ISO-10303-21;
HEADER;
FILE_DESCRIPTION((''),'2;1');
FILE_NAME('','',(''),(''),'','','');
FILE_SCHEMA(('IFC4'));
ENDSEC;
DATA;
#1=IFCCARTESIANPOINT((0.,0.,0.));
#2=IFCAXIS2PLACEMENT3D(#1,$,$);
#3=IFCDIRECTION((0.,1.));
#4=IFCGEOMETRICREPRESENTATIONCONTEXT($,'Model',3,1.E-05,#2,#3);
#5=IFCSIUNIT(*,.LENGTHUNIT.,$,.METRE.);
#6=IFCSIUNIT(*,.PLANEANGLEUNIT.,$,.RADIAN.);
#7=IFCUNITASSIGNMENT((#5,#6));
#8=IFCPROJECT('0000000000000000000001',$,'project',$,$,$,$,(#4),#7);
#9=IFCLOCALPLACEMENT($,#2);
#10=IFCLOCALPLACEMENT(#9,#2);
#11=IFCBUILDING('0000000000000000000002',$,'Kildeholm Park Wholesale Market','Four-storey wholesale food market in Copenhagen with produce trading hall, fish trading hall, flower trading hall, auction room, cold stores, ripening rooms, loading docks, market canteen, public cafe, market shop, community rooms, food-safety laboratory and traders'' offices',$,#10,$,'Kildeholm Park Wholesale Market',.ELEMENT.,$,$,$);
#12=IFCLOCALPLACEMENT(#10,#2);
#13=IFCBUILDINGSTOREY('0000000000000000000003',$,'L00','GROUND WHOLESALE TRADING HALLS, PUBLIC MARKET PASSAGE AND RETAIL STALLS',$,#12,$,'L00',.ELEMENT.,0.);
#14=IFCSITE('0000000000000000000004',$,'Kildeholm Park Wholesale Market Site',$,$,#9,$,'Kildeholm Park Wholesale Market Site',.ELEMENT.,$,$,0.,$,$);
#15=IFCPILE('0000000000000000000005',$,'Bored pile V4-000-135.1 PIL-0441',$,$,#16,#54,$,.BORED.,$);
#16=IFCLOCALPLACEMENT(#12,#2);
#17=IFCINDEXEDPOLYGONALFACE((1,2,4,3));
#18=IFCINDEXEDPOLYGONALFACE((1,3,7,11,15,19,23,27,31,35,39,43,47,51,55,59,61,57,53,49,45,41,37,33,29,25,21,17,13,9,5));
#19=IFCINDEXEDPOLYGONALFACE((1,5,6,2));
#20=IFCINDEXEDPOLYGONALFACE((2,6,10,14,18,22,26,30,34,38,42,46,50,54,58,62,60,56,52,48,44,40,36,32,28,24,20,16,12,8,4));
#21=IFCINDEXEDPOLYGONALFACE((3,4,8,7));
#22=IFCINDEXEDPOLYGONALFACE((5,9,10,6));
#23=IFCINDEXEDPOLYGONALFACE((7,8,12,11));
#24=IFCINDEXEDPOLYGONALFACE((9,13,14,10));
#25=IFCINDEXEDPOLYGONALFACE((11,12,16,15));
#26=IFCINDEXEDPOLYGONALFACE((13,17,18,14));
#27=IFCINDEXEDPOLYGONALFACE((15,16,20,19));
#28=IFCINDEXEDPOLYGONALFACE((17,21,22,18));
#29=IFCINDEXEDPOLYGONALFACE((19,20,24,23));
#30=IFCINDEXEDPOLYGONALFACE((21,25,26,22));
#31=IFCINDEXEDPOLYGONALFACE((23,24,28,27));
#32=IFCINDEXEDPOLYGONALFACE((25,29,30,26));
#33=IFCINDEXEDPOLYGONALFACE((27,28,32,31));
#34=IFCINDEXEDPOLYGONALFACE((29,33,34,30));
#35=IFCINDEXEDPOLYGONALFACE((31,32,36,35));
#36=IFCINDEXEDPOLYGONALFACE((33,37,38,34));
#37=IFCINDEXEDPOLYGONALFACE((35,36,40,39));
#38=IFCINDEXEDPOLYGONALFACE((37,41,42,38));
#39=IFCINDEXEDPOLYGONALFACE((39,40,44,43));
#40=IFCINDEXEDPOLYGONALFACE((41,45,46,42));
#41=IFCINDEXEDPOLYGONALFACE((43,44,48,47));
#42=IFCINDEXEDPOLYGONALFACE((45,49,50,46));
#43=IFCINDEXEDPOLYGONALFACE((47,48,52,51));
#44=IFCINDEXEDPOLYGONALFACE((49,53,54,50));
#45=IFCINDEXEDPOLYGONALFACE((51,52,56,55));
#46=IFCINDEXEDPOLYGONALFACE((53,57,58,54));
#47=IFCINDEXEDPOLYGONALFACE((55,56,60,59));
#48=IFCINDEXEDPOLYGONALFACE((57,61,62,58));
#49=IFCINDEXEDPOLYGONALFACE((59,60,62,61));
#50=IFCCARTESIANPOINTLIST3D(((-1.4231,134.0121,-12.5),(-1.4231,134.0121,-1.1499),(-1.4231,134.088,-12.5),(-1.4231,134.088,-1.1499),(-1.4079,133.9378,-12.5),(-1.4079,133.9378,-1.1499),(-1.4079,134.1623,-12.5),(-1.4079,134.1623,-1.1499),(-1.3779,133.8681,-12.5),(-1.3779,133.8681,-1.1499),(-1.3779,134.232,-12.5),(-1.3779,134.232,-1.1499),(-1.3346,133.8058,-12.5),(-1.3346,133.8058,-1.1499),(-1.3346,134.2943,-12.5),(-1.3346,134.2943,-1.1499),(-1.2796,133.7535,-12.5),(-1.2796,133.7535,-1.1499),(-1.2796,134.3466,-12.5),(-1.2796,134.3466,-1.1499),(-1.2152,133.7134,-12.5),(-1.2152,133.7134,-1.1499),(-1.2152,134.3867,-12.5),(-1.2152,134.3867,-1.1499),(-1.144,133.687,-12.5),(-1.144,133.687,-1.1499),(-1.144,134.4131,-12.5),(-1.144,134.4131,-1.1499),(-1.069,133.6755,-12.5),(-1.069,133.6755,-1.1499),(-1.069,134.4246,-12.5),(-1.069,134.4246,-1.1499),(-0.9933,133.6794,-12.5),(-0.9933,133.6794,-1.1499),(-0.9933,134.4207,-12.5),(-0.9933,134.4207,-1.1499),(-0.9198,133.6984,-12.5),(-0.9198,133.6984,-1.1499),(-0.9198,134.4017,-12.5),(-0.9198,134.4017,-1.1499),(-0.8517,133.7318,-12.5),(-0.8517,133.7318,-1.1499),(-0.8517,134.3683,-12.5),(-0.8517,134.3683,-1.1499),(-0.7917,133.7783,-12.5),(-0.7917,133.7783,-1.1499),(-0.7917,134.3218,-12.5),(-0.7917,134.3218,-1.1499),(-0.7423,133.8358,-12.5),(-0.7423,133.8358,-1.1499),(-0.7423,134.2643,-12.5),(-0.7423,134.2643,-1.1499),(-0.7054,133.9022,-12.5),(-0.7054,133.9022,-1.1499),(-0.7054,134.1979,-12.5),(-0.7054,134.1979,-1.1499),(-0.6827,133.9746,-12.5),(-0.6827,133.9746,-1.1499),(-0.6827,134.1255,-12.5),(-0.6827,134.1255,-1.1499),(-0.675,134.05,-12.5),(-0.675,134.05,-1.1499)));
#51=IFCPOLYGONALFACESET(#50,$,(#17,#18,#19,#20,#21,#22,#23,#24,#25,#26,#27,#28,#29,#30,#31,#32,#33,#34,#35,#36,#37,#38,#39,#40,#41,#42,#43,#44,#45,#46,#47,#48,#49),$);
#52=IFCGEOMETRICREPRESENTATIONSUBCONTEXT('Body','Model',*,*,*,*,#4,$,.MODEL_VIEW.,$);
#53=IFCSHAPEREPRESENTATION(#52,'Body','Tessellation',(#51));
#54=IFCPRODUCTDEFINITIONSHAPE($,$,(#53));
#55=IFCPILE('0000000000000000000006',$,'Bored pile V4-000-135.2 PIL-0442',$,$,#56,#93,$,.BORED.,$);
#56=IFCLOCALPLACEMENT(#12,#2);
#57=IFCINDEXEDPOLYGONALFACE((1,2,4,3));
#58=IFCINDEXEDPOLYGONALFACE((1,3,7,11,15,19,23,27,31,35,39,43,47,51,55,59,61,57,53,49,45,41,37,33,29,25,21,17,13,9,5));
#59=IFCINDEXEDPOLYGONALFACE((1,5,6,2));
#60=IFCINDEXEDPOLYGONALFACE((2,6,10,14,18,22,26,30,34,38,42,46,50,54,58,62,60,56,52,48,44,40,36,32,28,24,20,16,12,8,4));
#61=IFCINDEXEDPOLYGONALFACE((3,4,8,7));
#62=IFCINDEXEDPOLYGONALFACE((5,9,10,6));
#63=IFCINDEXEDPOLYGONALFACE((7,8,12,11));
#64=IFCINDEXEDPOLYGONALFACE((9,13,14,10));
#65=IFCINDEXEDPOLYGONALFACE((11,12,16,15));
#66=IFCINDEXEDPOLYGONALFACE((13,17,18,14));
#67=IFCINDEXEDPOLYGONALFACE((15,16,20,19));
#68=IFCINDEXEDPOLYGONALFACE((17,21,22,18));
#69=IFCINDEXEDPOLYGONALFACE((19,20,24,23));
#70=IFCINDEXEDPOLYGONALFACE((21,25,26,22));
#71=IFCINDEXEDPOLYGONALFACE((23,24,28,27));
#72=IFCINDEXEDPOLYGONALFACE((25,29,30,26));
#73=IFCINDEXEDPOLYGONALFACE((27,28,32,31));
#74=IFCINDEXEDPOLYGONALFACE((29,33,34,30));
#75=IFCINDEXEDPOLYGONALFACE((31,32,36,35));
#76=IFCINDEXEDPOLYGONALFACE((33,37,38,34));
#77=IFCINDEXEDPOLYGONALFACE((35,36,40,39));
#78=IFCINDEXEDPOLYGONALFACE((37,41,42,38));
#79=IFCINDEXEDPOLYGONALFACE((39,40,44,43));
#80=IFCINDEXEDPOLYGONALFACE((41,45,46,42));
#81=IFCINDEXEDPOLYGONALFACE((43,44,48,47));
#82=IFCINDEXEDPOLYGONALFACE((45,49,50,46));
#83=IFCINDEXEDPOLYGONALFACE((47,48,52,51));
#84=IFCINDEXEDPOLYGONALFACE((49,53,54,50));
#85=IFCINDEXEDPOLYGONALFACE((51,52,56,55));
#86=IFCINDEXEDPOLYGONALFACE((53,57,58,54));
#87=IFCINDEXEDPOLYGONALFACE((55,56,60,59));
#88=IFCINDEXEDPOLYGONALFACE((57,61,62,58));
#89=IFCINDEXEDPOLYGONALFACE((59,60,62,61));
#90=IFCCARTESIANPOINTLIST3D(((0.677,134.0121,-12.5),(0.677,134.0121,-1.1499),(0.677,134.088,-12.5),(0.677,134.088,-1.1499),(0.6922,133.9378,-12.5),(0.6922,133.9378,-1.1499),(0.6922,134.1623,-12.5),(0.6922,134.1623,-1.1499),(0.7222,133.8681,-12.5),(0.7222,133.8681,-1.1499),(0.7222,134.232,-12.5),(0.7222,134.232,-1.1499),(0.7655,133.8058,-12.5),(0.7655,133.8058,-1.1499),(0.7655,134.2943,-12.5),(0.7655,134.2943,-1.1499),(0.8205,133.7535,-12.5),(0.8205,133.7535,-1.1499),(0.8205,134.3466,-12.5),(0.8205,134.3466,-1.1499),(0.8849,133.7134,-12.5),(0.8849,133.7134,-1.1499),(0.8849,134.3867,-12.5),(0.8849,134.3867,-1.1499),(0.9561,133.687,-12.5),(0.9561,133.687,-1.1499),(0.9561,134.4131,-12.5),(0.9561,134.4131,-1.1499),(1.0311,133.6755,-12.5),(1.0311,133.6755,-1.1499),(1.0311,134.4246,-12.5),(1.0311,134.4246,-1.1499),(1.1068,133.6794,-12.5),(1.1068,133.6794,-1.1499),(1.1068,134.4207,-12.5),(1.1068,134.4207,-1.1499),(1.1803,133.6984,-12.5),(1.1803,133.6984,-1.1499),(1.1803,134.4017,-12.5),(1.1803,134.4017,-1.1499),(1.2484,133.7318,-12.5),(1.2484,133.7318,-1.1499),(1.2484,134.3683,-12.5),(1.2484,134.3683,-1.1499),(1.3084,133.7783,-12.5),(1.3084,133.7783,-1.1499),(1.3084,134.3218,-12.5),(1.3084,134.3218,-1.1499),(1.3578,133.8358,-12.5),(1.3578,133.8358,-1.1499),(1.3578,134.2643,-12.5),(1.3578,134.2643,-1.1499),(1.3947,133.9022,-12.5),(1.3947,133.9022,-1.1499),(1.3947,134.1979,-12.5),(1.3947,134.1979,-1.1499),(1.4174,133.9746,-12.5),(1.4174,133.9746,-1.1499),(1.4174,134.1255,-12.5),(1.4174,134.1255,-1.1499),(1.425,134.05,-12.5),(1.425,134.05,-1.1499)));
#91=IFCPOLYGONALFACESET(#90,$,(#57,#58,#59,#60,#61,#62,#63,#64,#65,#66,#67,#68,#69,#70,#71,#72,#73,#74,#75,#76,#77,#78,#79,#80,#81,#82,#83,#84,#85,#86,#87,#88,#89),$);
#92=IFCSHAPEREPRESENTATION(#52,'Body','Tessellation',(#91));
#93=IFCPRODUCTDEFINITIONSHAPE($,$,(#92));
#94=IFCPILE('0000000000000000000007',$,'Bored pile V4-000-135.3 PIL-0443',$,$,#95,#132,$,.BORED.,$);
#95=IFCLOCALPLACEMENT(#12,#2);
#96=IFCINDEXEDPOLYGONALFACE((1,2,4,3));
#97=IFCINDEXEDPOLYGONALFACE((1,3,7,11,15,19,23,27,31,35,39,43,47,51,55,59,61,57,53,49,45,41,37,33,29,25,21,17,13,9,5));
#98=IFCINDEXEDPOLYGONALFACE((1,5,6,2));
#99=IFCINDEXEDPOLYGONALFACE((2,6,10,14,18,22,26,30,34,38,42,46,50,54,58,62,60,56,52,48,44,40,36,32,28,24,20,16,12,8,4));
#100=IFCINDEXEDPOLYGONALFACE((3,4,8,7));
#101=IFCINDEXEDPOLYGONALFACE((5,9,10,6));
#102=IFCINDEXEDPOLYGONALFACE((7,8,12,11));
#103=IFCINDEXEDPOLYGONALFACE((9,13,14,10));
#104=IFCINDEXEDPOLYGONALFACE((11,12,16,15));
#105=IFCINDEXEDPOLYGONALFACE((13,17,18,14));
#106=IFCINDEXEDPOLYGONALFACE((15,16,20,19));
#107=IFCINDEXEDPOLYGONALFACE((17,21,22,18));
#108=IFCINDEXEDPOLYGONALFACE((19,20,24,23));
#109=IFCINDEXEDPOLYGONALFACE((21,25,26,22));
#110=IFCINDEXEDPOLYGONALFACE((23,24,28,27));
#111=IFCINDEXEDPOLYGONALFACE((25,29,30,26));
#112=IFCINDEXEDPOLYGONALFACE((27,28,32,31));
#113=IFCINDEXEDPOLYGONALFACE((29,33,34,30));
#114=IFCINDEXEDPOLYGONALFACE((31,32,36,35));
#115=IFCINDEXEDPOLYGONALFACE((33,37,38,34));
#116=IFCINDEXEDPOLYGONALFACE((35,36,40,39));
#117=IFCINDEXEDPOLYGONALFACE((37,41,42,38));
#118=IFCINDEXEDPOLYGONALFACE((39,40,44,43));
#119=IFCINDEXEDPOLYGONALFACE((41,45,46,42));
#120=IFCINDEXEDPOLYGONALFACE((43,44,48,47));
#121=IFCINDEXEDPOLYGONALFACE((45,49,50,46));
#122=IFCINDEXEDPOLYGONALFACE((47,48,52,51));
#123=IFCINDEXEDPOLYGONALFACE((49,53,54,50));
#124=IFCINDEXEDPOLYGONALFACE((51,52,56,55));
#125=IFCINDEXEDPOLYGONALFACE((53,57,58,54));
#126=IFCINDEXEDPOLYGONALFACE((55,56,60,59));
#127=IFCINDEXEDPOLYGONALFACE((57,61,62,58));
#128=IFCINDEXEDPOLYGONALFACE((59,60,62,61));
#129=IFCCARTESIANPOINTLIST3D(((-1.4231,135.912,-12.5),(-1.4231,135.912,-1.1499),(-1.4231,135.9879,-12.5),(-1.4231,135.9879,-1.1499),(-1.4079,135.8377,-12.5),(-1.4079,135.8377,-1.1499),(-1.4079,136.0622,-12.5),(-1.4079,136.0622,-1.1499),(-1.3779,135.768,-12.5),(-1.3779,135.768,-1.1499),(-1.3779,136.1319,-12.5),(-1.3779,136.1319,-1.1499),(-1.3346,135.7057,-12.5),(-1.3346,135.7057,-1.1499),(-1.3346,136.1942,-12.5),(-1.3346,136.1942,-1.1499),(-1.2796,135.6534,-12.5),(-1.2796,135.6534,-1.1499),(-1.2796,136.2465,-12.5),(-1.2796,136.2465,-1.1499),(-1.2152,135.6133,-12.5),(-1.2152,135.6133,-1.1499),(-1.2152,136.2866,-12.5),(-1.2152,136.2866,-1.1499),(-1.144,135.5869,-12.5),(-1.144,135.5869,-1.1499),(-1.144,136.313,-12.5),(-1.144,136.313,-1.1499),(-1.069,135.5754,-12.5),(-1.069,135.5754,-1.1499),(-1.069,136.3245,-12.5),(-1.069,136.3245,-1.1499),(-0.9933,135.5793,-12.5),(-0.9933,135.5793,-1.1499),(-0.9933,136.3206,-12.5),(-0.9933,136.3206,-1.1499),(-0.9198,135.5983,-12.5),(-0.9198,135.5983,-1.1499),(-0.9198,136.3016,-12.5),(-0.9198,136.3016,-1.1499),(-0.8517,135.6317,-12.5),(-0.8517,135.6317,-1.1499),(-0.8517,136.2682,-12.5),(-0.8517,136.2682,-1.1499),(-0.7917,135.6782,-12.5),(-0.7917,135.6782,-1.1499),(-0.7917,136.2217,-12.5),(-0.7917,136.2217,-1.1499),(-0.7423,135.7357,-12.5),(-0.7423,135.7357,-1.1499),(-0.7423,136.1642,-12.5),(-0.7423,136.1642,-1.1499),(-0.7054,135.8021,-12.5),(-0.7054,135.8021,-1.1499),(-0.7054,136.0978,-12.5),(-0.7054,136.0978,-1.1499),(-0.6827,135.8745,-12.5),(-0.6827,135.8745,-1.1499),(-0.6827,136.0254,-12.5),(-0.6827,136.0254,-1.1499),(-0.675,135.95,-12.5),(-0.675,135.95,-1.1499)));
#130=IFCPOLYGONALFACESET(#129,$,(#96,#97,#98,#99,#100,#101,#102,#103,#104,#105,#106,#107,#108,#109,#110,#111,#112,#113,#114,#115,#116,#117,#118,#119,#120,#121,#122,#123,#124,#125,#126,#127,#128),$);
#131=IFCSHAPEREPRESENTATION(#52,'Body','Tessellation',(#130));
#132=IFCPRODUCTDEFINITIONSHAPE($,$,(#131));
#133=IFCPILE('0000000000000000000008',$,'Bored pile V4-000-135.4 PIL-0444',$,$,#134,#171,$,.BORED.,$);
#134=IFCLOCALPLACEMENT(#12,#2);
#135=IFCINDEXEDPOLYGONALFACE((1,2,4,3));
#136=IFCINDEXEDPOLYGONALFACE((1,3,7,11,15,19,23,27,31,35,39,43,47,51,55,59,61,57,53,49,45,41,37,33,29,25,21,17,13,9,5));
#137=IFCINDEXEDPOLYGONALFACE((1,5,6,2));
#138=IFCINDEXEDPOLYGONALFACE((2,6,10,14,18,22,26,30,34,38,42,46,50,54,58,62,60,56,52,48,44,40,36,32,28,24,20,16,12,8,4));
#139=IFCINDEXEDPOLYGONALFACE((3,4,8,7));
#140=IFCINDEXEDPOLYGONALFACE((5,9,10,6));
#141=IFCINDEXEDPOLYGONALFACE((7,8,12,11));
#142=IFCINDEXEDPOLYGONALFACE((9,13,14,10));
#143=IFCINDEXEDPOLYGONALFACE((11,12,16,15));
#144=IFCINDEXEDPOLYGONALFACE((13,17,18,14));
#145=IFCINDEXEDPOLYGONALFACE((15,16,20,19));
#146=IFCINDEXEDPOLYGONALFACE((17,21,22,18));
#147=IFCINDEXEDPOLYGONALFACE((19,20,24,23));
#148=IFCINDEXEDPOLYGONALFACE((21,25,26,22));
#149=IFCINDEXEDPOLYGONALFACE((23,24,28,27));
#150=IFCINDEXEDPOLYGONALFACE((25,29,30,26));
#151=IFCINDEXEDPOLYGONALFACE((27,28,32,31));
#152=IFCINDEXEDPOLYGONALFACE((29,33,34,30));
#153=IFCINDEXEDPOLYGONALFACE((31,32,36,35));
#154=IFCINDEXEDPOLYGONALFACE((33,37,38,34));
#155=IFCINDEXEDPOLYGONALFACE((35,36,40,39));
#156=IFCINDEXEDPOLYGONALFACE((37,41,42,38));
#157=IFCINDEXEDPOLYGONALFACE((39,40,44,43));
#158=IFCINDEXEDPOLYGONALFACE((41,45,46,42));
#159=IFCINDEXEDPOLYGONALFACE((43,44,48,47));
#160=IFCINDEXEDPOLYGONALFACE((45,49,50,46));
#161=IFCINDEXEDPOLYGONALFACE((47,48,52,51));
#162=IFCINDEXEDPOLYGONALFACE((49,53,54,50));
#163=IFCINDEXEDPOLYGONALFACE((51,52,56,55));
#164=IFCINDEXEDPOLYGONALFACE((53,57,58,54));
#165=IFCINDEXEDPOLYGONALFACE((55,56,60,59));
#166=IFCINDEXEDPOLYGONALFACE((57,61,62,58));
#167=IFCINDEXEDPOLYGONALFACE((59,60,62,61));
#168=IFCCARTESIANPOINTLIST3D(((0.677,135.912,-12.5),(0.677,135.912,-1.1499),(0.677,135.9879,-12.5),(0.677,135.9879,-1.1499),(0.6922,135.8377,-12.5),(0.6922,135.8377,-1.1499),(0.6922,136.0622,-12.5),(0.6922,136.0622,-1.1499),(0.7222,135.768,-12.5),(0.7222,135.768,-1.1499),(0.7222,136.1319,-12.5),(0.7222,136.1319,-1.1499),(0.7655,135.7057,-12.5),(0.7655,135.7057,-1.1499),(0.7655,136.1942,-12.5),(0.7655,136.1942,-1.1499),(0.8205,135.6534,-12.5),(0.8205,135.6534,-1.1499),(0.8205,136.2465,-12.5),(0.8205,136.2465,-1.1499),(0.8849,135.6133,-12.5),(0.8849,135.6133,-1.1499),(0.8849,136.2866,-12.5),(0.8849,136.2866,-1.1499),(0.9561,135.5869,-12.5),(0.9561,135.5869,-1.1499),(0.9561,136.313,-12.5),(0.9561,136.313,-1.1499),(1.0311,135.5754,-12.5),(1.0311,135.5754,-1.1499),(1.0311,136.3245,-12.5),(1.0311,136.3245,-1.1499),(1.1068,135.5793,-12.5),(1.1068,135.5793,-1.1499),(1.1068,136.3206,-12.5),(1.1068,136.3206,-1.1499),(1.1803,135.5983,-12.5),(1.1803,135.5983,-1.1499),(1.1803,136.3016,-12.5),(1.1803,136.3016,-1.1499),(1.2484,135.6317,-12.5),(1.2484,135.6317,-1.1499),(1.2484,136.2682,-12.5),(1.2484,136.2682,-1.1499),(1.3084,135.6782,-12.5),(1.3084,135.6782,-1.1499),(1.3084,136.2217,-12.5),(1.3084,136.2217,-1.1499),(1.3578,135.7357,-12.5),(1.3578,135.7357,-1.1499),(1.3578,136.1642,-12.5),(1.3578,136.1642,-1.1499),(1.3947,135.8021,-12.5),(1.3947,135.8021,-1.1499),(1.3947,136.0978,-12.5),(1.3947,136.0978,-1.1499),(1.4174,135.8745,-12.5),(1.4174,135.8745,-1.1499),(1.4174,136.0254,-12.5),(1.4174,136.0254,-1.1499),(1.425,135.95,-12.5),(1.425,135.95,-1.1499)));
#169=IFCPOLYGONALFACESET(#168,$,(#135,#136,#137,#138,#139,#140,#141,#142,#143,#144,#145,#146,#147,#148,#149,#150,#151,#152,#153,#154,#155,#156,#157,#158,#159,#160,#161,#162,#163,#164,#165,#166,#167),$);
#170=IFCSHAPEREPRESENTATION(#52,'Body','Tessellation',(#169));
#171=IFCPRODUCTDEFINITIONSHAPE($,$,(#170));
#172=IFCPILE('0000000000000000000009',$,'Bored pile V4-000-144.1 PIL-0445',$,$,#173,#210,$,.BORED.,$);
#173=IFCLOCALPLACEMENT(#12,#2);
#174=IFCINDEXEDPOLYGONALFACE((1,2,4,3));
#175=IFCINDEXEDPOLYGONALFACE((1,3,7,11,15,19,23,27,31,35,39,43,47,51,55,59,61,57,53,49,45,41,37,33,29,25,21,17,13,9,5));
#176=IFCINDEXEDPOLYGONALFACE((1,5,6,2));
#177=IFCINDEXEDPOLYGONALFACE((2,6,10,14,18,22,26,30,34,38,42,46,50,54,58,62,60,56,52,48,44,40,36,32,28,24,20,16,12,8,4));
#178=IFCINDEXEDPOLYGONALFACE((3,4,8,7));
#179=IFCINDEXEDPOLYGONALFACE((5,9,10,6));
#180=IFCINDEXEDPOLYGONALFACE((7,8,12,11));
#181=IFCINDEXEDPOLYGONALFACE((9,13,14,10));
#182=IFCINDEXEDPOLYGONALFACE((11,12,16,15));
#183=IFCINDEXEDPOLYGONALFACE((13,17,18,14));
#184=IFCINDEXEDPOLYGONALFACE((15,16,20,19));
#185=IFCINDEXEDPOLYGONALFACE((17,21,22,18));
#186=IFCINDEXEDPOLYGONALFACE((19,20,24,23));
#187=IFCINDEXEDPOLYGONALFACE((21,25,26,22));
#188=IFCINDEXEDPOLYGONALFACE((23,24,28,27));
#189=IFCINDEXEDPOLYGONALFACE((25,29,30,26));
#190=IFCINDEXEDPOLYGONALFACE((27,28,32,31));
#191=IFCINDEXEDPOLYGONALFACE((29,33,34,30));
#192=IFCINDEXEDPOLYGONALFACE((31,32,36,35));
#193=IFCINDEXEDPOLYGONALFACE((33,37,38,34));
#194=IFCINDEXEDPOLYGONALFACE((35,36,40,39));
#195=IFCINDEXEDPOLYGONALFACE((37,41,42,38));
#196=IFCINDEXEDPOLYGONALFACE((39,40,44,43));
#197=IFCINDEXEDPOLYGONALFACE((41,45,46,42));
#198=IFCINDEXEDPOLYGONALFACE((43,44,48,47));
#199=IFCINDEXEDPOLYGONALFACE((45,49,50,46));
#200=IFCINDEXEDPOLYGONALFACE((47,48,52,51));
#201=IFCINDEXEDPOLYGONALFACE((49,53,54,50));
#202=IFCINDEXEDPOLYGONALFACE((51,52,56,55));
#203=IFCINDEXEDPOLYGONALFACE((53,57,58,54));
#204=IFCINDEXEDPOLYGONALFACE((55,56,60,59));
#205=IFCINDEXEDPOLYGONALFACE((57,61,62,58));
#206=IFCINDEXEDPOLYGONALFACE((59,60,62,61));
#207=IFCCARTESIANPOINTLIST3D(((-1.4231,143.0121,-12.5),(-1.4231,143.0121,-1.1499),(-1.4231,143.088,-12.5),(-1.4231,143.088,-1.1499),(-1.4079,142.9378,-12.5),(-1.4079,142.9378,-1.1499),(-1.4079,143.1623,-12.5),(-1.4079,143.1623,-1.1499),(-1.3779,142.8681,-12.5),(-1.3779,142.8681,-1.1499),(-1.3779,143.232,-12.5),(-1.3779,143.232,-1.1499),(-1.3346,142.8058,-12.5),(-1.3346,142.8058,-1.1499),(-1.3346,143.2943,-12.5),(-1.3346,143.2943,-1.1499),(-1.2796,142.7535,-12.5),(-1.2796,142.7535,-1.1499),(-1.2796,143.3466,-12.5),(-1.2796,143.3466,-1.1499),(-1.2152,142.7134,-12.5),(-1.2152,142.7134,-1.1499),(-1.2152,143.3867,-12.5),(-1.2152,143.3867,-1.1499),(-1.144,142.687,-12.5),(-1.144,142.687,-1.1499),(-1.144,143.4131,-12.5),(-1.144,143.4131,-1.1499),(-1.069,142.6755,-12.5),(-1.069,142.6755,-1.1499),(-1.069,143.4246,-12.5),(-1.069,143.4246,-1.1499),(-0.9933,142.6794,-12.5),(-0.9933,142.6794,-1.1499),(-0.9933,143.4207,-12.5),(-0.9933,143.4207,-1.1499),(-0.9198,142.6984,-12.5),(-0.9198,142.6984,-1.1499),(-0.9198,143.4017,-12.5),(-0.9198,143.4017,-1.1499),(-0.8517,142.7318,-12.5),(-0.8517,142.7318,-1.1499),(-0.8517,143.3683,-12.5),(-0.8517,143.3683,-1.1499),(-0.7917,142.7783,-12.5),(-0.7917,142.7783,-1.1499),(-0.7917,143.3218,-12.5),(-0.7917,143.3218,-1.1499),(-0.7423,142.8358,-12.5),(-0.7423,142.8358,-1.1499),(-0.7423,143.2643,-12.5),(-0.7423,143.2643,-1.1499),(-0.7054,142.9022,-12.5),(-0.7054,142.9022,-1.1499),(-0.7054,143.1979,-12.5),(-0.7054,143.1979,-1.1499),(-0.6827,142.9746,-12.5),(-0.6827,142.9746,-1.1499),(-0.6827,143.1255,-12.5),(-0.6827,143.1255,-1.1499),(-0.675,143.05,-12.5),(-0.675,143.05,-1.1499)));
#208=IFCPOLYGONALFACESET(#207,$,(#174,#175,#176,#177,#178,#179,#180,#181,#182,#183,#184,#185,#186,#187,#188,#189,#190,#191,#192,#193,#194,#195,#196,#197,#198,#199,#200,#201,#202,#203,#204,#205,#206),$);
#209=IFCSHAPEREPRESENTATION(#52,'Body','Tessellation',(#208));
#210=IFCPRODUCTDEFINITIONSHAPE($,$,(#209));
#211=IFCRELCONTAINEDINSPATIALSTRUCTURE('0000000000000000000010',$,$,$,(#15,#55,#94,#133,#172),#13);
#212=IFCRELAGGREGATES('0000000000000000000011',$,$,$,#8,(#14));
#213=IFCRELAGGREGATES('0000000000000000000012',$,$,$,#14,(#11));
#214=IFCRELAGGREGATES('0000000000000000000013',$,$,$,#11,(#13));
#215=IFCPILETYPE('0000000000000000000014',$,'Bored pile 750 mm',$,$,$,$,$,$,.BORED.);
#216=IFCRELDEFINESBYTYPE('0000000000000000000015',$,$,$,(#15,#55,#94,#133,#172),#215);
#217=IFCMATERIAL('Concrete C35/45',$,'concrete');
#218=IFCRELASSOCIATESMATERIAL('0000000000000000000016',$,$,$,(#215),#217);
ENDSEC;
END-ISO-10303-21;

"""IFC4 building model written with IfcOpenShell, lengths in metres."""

from ifc_helpers import new_model, si_unit, direction, frame, origin, origin_2d, place, context, subcontext, project, spatial, circle, extrude, material, material_profile, profile_set, type_object, element, save


model = new_model("IFC4")

# Units and contexts
model_context = context("Model", 3, precision=1e-05, world=origin(), true_north=direction((0.0, 1.0)))
body_context = subcontext(model_context, "Body", "Model", "MODEL_VIEW")
ifc_project = project(units=[si_unit("LENGTHUNIT", "METRE"), si_unit("PLANEANGLEUNIT", "RADIAN")], contexts=[model_context])

# Site, building, storey
site_placement = place(None, origin())
site = spatial("IfcSite", under=ifc_project, at=site_placement, Name="Kildeholm Park Wholesale Market Site", LongName="Kildeholm Park Wholesale Market Site", CompositionType="ELEMENT", RefElevation=0.0)
building_placement = place(site_placement, origin())
building = spatial("IfcBuilding", under=site, at=building_placement, Name="Kildeholm Park Wholesale Market", Description="Four-storey wholesale food market in Copenhagen with produce trading hall, fish trading hall, flower trading hall, auction room, cold stores, ripening rooms, loading docks, market canteen, public cafe, market shop, community rooms, food-safety laboratory and traders' offices", LongName="Kildeholm Park Wholesale Market", CompositionType="ELEMENT")
storey_placement = place(building_placement, origin())
storey = spatial("IfcBuildingStorey", under=building, at=storey_placement, Name="L00", Description="GROUND WHOLESALE TRADING HALLS, PUBLIC MARKET PASSAGE AND RETAIL STALLS", LongName="L00", CompositionType="ELEMENT", Elevation=0.0)

# Piles
ifc_material_1 = material(Name="Concrete C35/45", Category="concrete")
ifc_material_profile_1 = material_profile(ifc_material_1, circle(Radius=0.375, at=origin_2d()), Name="PILE D750")
ifc_profile_set_1 = profile_set([ifc_material_profile_1], Name="Concrete C35/45")
pile_type = type_object("IfcPileType", Name="Bored pile 750 mm", PredefinedType="BORED", material=ifc_profile_set_1)
for number, where, z_axis, x_axis, name in (
    (1, (-1.05, 134.05, -1.1499), (0.0, 0.0, -1.0), (1.0, 0.0, 0.0), "Bored pile V4-000-135.1 PIL-0441"),
    (2, (1.05, 134.05, -1.1499), (0.0, 0.0, -1.0), (1.0, 0.0, 0.0), "Bored pile V4-000-135.2 PIL-0442"),
    (3, (-1.05, 135.95, -1.1499), (0.0, 0.0, -1.0), (1.0, 0.0, 0.0), "Bored pile V4-000-135.3 PIL-0443"),
    (4, (1.05, 135.95, -1.1499), (0.0, 0.0, -1.0), (1.0, 0.0, 0.0), "Bored pile V4-000-135.4 PIL-0444"),
    (5, (-1.05, 143.05, -1.1499), (0.0, 0.0, -1.0), (1.0, 0.0, 0.0), "Bored pile V4-000-144.1 PIL-0445"),
):
    element("IfcPile", number, at=place(storey_placement, frame(where, z_axis=z_axis, x_axis=x_axis)), inside=storey, type_object=pile_type, Name=name, PredefinedType="BORED", context=body_context, shape_type="SweptSolid", body=[
        extrude(circle(Radius=0.375, at=origin_2d()), origin(), (0.0, 0.0, 1.0), 11.3501),
    ])

save(model, "model.ifc")
